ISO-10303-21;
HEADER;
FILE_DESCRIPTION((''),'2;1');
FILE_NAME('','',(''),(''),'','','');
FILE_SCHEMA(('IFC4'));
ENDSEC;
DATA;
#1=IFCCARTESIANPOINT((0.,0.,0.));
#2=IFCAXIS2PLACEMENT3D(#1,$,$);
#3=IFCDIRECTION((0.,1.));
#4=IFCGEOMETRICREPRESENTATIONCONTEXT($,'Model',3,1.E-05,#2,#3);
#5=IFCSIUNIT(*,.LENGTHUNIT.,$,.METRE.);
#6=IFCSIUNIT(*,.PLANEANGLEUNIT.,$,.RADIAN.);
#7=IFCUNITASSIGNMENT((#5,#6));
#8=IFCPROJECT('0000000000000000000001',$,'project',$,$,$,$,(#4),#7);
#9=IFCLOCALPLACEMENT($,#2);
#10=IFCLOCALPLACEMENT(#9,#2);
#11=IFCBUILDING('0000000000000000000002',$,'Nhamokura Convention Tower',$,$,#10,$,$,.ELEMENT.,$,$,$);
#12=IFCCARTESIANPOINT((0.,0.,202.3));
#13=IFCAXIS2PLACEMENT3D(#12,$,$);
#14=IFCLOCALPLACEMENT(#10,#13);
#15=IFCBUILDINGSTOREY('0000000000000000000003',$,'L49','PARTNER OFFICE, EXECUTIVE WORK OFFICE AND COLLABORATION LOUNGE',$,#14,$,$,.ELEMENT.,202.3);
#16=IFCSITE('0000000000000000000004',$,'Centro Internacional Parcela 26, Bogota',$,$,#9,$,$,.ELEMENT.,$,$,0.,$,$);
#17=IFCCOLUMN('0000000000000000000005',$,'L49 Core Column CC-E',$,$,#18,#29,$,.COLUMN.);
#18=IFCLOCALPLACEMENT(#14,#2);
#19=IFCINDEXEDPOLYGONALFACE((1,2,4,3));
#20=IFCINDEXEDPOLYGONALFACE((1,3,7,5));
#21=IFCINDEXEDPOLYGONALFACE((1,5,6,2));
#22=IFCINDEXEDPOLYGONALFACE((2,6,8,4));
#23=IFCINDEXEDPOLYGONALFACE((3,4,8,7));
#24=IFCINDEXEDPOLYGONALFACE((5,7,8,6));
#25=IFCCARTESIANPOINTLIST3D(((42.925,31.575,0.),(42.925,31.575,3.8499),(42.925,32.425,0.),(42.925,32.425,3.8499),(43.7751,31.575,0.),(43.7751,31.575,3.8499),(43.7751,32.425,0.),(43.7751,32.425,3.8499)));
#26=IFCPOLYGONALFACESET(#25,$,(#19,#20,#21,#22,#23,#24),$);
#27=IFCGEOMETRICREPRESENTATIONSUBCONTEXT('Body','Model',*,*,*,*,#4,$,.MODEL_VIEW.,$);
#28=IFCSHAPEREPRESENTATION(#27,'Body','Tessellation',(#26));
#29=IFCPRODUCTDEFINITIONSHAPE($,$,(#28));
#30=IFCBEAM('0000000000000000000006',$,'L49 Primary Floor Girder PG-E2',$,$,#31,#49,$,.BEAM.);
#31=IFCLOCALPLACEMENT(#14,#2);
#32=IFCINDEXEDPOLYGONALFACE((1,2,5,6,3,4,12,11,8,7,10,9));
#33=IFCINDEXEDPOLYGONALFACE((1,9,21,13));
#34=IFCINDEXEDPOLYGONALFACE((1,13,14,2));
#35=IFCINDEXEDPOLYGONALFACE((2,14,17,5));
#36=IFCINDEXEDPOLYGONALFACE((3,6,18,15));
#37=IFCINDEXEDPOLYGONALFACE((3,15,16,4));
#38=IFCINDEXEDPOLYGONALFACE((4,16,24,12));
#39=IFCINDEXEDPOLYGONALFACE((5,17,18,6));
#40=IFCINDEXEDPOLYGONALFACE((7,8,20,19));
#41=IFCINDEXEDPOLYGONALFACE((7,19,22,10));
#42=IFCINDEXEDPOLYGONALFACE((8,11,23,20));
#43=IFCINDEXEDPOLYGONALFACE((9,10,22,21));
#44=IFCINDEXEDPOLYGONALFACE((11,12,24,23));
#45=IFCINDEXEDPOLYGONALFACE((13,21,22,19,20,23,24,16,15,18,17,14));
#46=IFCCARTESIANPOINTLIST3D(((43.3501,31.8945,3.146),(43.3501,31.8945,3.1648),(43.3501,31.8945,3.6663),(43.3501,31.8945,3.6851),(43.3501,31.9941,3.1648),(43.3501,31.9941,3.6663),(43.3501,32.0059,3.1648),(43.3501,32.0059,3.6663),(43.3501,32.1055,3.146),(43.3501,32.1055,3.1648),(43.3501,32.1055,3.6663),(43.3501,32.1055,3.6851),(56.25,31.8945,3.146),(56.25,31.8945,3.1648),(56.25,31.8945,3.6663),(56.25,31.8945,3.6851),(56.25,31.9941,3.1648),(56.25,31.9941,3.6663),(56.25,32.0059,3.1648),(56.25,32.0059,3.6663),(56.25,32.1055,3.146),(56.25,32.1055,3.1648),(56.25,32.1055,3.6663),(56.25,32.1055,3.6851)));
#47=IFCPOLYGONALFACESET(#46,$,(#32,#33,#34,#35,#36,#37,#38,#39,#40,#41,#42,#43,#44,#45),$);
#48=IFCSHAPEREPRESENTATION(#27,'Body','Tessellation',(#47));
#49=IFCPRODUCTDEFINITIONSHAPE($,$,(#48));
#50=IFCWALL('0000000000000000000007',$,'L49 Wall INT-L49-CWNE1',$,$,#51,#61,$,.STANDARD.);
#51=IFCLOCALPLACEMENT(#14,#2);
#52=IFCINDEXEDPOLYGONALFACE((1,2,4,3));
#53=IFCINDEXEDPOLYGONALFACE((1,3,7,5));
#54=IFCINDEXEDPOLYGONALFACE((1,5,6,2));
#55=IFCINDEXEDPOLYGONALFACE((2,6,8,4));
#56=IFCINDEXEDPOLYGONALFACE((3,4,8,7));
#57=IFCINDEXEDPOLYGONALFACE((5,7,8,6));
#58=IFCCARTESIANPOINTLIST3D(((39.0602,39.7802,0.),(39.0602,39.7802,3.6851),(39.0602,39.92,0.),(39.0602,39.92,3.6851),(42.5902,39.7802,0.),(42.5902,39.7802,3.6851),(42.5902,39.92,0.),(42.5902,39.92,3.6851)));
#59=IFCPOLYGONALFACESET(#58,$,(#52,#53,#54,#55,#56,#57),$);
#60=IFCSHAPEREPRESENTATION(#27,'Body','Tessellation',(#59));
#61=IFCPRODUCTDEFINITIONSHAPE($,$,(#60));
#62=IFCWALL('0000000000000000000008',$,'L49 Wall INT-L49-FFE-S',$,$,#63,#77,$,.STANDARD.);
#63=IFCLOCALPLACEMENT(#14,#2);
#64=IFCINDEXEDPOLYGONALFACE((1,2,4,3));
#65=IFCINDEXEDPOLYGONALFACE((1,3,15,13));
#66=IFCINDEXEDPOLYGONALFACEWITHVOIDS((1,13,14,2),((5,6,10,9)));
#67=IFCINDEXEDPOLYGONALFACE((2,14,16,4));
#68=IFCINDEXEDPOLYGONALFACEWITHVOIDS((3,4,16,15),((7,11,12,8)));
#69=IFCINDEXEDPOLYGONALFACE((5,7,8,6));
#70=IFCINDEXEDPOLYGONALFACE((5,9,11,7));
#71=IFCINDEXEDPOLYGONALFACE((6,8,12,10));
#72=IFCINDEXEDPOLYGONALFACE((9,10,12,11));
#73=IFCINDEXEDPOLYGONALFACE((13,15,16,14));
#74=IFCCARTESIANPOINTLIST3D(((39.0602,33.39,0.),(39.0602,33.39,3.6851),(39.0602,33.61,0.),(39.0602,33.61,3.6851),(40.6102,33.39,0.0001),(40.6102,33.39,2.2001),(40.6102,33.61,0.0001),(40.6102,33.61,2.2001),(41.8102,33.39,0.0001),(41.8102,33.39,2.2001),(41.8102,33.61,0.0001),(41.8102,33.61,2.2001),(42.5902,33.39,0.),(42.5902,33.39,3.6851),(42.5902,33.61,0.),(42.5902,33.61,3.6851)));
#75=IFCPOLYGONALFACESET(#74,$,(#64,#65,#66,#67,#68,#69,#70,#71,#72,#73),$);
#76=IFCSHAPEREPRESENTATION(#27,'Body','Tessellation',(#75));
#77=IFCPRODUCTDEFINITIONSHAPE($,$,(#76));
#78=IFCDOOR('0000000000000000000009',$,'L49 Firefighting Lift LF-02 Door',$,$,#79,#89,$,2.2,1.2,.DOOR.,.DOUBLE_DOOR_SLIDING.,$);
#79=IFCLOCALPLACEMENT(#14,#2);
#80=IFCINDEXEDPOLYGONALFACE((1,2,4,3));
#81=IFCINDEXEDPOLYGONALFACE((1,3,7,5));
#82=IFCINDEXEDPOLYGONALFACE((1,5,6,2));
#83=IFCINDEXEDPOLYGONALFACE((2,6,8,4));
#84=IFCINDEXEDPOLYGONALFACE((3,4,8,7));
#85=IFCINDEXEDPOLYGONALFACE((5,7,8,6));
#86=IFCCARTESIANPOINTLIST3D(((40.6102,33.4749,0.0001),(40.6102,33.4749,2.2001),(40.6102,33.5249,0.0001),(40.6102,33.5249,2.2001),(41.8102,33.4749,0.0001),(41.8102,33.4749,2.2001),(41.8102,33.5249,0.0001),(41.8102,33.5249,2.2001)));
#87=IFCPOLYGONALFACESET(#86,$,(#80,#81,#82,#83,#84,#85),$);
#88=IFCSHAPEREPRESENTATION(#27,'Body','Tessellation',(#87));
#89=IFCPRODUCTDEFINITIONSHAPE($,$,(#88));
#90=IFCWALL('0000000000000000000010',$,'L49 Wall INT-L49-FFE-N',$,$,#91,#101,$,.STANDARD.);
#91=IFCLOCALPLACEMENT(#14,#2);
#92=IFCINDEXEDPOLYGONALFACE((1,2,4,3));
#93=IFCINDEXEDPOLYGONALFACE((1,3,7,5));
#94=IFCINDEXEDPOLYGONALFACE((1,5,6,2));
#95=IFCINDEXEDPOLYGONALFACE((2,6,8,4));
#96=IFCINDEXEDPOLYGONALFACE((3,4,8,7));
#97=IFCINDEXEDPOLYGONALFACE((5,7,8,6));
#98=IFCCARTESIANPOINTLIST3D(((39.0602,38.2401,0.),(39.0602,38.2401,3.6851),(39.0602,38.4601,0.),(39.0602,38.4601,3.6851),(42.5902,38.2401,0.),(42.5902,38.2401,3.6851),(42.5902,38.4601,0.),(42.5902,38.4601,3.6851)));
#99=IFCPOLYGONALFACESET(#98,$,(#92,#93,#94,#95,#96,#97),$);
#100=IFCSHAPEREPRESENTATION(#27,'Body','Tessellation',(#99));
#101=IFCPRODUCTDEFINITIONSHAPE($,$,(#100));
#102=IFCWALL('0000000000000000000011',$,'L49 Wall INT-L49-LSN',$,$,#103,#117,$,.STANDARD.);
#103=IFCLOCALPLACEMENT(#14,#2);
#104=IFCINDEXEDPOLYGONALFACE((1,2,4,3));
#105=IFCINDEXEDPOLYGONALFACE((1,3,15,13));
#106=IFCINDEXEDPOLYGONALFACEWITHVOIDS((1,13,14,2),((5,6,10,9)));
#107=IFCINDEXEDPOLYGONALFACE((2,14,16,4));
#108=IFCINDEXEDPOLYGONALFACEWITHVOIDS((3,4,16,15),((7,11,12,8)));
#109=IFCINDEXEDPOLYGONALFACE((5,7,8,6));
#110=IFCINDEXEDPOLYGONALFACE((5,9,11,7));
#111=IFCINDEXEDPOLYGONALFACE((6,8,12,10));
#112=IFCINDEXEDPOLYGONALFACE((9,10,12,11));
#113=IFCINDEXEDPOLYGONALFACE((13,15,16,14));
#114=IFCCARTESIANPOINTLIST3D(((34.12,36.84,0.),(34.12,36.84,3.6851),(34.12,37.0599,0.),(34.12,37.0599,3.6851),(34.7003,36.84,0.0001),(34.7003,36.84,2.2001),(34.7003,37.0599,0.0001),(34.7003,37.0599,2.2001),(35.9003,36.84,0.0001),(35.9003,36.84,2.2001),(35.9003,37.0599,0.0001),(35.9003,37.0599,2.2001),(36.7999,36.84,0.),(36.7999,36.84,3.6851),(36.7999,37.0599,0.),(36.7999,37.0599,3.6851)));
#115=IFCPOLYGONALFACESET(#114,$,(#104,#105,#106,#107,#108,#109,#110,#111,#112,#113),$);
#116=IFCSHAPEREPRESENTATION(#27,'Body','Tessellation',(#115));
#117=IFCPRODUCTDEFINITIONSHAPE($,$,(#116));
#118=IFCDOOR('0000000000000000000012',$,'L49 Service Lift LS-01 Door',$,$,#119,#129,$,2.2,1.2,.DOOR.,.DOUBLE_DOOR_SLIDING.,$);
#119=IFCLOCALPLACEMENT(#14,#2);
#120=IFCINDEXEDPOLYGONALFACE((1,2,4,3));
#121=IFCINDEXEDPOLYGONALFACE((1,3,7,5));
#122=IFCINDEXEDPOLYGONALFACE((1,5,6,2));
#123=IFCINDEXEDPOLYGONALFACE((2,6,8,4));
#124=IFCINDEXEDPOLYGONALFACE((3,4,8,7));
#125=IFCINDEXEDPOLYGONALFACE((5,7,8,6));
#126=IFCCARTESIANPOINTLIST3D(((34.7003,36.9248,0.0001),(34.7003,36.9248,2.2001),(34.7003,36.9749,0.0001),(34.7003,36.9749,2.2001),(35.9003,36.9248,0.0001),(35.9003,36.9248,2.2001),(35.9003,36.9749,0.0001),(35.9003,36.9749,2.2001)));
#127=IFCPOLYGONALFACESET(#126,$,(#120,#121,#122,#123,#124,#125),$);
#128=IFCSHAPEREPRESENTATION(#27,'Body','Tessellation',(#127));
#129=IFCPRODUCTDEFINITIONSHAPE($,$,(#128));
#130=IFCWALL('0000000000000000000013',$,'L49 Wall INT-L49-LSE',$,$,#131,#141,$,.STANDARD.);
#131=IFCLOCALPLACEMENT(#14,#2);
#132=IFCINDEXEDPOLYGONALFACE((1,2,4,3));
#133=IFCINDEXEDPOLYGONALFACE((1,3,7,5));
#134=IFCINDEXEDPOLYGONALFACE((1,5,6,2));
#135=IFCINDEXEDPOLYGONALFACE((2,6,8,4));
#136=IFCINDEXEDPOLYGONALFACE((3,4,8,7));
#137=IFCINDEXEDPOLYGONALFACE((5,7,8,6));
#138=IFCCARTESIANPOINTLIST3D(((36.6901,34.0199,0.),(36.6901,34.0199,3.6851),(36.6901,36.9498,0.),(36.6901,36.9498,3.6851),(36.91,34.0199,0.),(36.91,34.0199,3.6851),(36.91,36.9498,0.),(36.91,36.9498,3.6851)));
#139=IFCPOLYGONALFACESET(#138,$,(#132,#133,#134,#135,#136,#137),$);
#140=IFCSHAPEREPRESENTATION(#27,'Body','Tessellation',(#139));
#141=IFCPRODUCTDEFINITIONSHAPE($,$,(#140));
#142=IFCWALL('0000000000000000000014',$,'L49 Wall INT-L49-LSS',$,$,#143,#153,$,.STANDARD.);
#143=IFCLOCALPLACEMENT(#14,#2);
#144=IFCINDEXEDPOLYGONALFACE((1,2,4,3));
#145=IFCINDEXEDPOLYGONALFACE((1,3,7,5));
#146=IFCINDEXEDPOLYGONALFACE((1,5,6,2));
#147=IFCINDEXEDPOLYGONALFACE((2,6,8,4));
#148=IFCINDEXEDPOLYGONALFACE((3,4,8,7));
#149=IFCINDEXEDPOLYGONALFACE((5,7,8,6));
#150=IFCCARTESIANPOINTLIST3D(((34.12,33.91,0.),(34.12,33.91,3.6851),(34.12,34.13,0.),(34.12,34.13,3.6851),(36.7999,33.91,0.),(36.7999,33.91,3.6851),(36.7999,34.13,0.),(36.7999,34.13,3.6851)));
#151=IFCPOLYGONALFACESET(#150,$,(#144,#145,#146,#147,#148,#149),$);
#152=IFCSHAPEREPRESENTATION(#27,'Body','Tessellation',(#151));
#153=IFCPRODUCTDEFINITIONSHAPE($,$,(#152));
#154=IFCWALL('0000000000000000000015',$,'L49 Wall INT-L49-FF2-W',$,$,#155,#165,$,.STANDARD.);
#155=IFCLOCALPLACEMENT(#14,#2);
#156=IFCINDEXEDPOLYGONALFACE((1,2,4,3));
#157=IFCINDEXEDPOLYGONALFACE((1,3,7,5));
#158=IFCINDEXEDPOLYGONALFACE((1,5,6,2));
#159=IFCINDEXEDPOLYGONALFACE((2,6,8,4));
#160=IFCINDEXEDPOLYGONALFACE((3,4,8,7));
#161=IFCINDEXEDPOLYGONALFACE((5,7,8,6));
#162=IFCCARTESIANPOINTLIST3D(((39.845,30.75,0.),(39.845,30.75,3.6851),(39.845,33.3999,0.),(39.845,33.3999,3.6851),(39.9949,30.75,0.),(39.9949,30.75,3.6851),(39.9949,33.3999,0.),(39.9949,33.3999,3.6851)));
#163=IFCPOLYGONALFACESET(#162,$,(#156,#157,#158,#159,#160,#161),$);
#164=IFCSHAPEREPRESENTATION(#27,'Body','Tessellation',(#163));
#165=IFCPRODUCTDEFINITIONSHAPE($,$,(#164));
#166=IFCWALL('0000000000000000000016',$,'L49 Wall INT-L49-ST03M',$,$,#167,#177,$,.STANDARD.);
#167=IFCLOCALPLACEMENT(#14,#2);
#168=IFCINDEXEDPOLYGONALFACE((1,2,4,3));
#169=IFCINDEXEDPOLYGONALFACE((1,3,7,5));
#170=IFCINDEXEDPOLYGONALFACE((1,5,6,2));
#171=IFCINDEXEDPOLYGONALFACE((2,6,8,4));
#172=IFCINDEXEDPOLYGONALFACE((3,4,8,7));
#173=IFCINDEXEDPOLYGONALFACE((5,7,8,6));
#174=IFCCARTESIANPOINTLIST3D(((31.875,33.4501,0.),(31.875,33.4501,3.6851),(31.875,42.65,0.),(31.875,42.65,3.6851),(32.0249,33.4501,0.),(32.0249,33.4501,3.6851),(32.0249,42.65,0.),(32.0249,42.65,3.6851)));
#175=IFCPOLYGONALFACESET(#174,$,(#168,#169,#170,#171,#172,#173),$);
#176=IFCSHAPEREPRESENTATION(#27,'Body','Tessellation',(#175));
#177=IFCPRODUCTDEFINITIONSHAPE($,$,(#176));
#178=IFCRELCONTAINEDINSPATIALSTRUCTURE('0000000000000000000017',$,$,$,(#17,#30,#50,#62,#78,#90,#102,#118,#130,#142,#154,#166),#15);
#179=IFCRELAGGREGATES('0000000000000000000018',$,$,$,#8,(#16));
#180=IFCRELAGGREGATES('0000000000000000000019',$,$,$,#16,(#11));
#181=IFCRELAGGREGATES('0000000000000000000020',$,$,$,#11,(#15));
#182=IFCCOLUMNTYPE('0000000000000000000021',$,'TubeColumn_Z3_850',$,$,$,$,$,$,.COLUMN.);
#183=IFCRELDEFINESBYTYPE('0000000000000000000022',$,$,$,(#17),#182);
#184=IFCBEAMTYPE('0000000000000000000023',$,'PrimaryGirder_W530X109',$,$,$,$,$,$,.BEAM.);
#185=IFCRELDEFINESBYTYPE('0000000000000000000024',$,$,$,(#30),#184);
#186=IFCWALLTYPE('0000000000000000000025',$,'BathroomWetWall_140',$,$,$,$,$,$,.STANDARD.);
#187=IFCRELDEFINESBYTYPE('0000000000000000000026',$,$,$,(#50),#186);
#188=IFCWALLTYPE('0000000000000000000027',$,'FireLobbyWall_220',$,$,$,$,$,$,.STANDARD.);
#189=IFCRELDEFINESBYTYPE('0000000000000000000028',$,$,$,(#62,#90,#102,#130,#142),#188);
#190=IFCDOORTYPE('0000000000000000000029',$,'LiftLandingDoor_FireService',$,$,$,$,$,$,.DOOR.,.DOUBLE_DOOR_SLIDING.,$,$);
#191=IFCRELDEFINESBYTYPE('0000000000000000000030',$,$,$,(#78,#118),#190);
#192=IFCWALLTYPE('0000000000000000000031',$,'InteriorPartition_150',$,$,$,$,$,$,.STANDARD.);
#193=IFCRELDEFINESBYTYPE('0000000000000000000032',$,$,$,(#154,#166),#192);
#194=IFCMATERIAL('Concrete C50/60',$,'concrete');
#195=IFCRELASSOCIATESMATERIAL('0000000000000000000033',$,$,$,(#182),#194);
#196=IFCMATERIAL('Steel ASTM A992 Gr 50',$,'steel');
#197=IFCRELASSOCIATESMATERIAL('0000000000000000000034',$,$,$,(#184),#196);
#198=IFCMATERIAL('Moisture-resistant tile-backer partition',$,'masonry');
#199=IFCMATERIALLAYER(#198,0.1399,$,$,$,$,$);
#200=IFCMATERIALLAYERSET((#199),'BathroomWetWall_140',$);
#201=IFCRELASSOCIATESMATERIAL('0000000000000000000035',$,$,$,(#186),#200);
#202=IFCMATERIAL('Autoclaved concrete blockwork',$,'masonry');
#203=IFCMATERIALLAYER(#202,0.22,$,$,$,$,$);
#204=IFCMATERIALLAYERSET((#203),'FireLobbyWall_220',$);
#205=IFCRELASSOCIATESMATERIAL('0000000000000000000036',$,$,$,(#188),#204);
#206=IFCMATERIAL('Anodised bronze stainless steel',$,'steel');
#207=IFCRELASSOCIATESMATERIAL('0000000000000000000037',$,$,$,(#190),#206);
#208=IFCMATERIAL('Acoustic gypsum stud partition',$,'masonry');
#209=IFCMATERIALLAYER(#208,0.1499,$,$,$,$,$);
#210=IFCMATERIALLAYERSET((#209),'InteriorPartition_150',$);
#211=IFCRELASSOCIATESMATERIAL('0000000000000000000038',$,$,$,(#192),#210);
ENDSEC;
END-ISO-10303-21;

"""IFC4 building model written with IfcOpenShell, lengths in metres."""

from ifc_helpers import new_model, si_unit, direction, frame, frame_2d, origin, origin_2d, place, context, subcontext, project, spatial, rectangle, i_section, extrude, material, layer, layer_set, material_profile, profile_set, type_object, element, fill, save


model = new_model("IFC4")

# Units and contexts
model_context = context("Model", 3, precision=1e-05, world=origin(), true_north=direction((0.0, 1.0)))
body_context = subcontext(model_context, "Body", "Model", "MODEL_VIEW")
ifc_project = project(units=[si_unit("LENGTHUNIT", "METRE"), si_unit("PLANEANGLEUNIT", "RADIAN")], contexts=[model_context])

# Site, building, storey
site_placement = place(None, origin())
site = spatial("IfcSite", under=ifc_project, at=site_placement, Name="Centro Internacional Parcela 26, Bogota", CompositionType="ELEMENT", RefElevation=0.0)
building_placement = place(site_placement, origin())
building = spatial("IfcBuilding", under=site, at=building_placement, Name="Nhamokura Convention Tower", CompositionType="ELEMENT")
storey_placement = place(building_placement, frame((0.0, 0.0, 202.3)))
storey = spatial("IfcBuildingStorey", under=building, at=storey_placement, Name="L49", Description="PARTNER OFFICE, EXECUTIVE WORK OFFICE AND COLLABORATION LOUNGE", CompositionType="ELEMENT", Elevation=202.3)

# Column
ifc_material_1 = material(Name="Concrete C50/60", Category="concrete")
ifc_material_profile_1 = material_profile(ifc_material_1, rectangle(XDim=0.8501, YDim=0.8501, at=origin_2d()))
ifc_profile_set_1 = profile_set([ifc_material_profile_1], Name="Concrete C50/60")
column_type = type_object("IfcColumnType", Name="TubeColumn_Z3_850", PredefinedType="COLUMN", material=ifc_profile_set_1)
column_placement = place(storey_placement, frame((43.3501, 32.0, 0.0), z_axis=(0.0, 0.0, 1.0), x_axis=(1.0, 0.0, 0.0)))
element("IfcColumn", 1, at=column_placement, inside=storey, type_object=column_type, Name="L49 Core Column CC-E", PredefinedType="COLUMN", context=body_context, shape_type="SweptSolid", body=[
    extrude(rectangle(XDim=0.8501, YDim=0.8501, at=origin_2d()), origin(), (0.0, 0.0, 1.0), 3.8499),
])

# Beam
ifc_material_2 = material(Name="Steel ASTM A992 Gr 50", Category="steel")
ifc_material_profile_2 = material_profile(ifc_material_2, i_section(OverallWidth=0.2109, OverallDepth=0.5391, WebThickness=0.0117, FlangeThickness=0.0188, at=origin_2d()))
ifc_profile_set_2 = profile_set([ifc_material_profile_2], Name="Steel ASTM A992 Gr 50")
beam_type = type_object("IfcBeamType", Name="PrimaryGirder_W530X109", PredefinedType="BEAM", material=ifc_profile_set_2)
beam_placement = place(storey_placement, frame((43.3501, 32.0, 3.4155), z_axis=(1.0, 0.0, 0.0), x_axis=(0.0, 1.0, 0.0)))
element("IfcBeam", 2, at=beam_placement, inside=storey, type_object=beam_type, Name="L49 Primary Floor Girder PG-E2", PredefinedType="BEAM", context=body_context, shape_type="SweptSolid", body=[
    extrude(i_section(OverallWidth=0.2109, OverallDepth=0.5391, WebThickness=0.0117, FlangeThickness=0.0188, at=origin_2d()), origin(), (0.0, 0.0, 1.0), 12.8999),
])

# Wall
ifc_material_3 = material(Name="Moisture-resistant tile-backer partition", Category="masonry")
ifc_layer_1 = layer(ifc_material_3, 0.1399)
ifc_layer_set_1 = layer_set([ifc_layer_1], Name="BathroomWetWall_140")
wall_type_1 = type_object("IfcWallType", Name="BathroomWetWall_140", PredefinedType="STANDARD", material=ifc_layer_set_1)
wall_1_placement = place(storey_placement, frame((39.0601, 39.8501, 0.0), z_axis=(0.0, 0.0, 1.0), x_axis=(1.0, 0.0, 0.0)))
element("IfcWall", 3, at=wall_1_placement, inside=storey, type_object=wall_type_1, Name="L49 Wall INT-L49-CWNE1", PredefinedType="STANDARD", context=body_context, shape_type="SweptSolid", body=[
    extrude(rectangle(XDim=3.53, YDim=0.1399, at=frame_2d((1.7651, 0.0))), origin(), (0.0, 0.0, 1.0), 3.6851),
])

# Wall, opening, door
ifc_material_4 = material(Name="Autoclaved concrete blockwork", Category="masonry")
ifc_layer_2 = layer(ifc_material_4, 0.22)
ifc_layer_set_2 = layer_set([ifc_layer_2], Name="FireLobbyWall_220")
wall_type_2 = type_object("IfcWallType", Name="FireLobbyWall_220", PredefinedType="STANDARD", material=ifc_layer_set_2)
wall_2_placement = place(storey_placement, frame((39.0601, 33.5, 0.0), z_axis=(0.0, 0.0, 1.0), x_axis=(1.0, 0.0, 0.0)))
wall_2 = element("IfcWall", 4, at=wall_2_placement, inside=storey, type_object=wall_type_2, Name="L49 Wall INT-L49-FFE-S", PredefinedType="STANDARD", context=body_context, shape_type="SweptSolid", body=[
    extrude(rectangle(XDim=3.53, YDim=0.22, at=frame_2d((1.7651, 0.0))), origin(), (0.0, 0.0, 1.0), 3.6851),
])
opening_1_placement = place(wall_2_placement, frame((1.55, 0.0, 0.0)))
opening_1 = element("IfcOpeningElement", 5, at=opening_1_placement, cuts=wall_2, PredefinedType="OPENING", context=body_context, shape_type="SweptSolid", body=[
    extrude(rectangle(XDim=1.2, YDim=2.2, at=frame_2d((0.6001, 1.1001))), frame((0.0, 0.1199, 0.0), z_axis=(0.0, -1.0, 0.0), x_axis=(1.0, 0.0, 0.0)), (0.0, 0.0, 1.0), 0.24),
])
ifc_material_5 = material(Name="Anodised bronze stainless steel", Category="steel")
door_type_1 = type_object("IfcDoorType", Name="LiftLandingDoor_FireService", OperationType="DOUBLE_DOOR_SLIDING", PredefinedType="DOOR", material=ifc_material_5)
door_1_placement = place(opening_1_placement, origin())
door_1 = element("IfcDoor", 6, at=door_1_placement, inside=storey, type_object=door_type_1, Name="L49 Firefighting Lift LF-02 Door", OperationType="DOUBLE_DOOR_SLIDING", OverallHeight=2.2, OverallWidth=1.2, PredefinedType="DOOR", context=body_context, shape_type="SweptSolid", body=[
    extrude(rectangle(XDim=1.2, YDim=2.2, at=frame_2d((0.6001, 1.1001))), frame((0.0, 0.0249, 0.0), z_axis=(0.0, -1.0, 0.0), x_axis=(1.0, 0.0, 0.0)), (0.0, 0.0, 1.0), 0.05),
])
fill(opening_1, door_1)

# Wall
wall_3_placement = place(storey_placement, frame((39.0601, 38.3501, 0.0), z_axis=(0.0, 0.0, 1.0), x_axis=(1.0, 0.0, 0.0)))
element("IfcWall", 7, at=wall_3_placement, inside=storey, type_object=wall_type_2, Name="L49 Wall INT-L49-FFE-N", PredefinedType="STANDARD", context=body_context, shape_type="SweptSolid", body=[
    extrude(rectangle(XDim=3.53, YDim=0.22, at=frame_2d((1.7651, 0.0))), origin(), (0.0, 0.0, 1.0), 3.6851),
])

# Wall, opening, door
wall_4_placement = place(storey_placement, frame((34.1201, 36.95, 0.0), z_axis=(0.0, 0.0, 1.0), x_axis=(1.0, 0.0, 0.0)))
wall_4 = element("IfcWall", 8, at=wall_4_placement, inside=storey, type_object=wall_type_2, Name="L49 Wall INT-L49-LSN", PredefinedType="STANDARD", context=body_context, shape_type="SweptSolid", body=[
    extrude(rectangle(XDim=2.6799, YDim=0.22, at=frame_2d((1.3398, 0.0))), origin(), (0.0, 0.0, 1.0), 3.6851),
])
opening_2_placement = place(wall_4_placement, frame((0.5801, 0.0, 0.0)))
opening_2 = element("IfcOpeningElement", 9, at=opening_2_placement, cuts=wall_4, PredefinedType="OPENING", context=body_context, shape_type="SweptSolid", body=[
    extrude(rectangle(XDim=1.2, YDim=2.2, at=frame_2d((0.6001, 1.1001))), frame((0.0, 0.1199, 0.0), z_axis=(0.0, -1.0, 0.0), x_axis=(1.0, 0.0, 0.0)), (0.0, 0.0, 1.0), 0.24),
])
door_2_placement = place(opening_2_placement, origin())
door_2 = element("IfcDoor", 10, at=door_2_placement, inside=storey, type_object=door_type_1, Name="L49 Service Lift LS-01 Door", OperationType="DOUBLE_DOOR_SLIDING", OverallHeight=2.2, OverallWidth=1.2, PredefinedType="DOOR", context=body_context, shape_type="SweptSolid", body=[
    extrude(rectangle(XDim=1.2, YDim=2.2, at=frame_2d((0.6001, 1.1001))), frame((0.0, 0.0249, 0.0), z_axis=(0.0, -1.0, 0.0), x_axis=(1.0, 0.0, 0.0)), (0.0, 0.0, 1.0), 0.05),
])
fill(opening_2, door_2)

# Walls
wall_5_placement = place(storey_placement, frame((36.8, 34.02, 0.0), z_axis=(0.0, 0.0, 1.0), x_axis=(0.0, 1.0, 0.0)))
element("IfcWall", 11, at=wall_5_placement, inside=storey, type_object=wall_type_2, Name="L49 Wall INT-L49-LSE", PredefinedType="STANDARD", context=body_context, shape_type="SweptSolid", body=[
    extrude(rectangle(XDim=2.9299, YDim=0.22, at=frame_2d((1.4648, 0.0))), origin(), (0.0, 0.0, 1.0), 3.6851),
])
wall_6_placement = place(storey_placement, frame((34.1201, 34.02, 0.0), z_axis=(0.0, 0.0, 1.0), x_axis=(1.0, 0.0, 0.0)))
element("IfcWall", 12, at=wall_6_placement, inside=storey, type_object=wall_type_2, Name="L49 Wall INT-L49-LSS", PredefinedType="STANDARD", context=body_context, shape_type="SweptSolid", body=[
    extrude(rectangle(XDim=2.6799, YDim=0.22, at=frame_2d((1.3398, 0.0))), origin(), (0.0, 0.0, 1.0), 3.6851),
])
ifc_material_6 = material(Name="Acoustic gypsum stud partition", Category="masonry")
ifc_layer_3 = layer(ifc_material_6, 0.1499)
ifc_layer_set_3 = layer_set([ifc_layer_3], Name="InteriorPartition_150")
wall_type_3 = type_object("IfcWallType", Name="InteriorPartition_150", PredefinedType="STANDARD", material=ifc_layer_set_3)
wall_7_placement = place(storey_placement, frame((39.9199, 30.75, 0.0), z_axis=(0.0, 0.0, 1.0), x_axis=(0.0, 1.0, 0.0)))
element("IfcWall", 13, at=wall_7_placement, inside=storey, type_object=wall_type_3, Name="L49 Wall INT-L49-FF2-W", PredefinedType="STANDARD", context=body_context, shape_type="SweptSolid", body=[
    extrude(rectangle(XDim=2.6499, YDim=0.1499, at=frame_2d((1.325, 0.0))), origin(), (0.0, 0.0, 1.0), 3.6851),
])
for number, where, z_axis, x_axis, name in (
    (14, (31.95, 33.45, 0.0), (0.0, 0.0, 1.0), (0.0, 1.0, 0.0), "L49 Wall INT-L49-ST03M"),
):
    element("IfcWall", number, at=place(storey_placement, frame(where, z_axis=z_axis, x_axis=x_axis)), inside=storey, type_object=wall_type_3, Name=name, PredefinedType="STANDARD", context=body_context, shape_type="SweptSolid", body=[
        extrude(rectangle(XDim=9.2, YDim=0.1499, at=frame_2d((4.6001, 0.0))), origin(), (0.0, 0.0, 1.0), 3.6851),
    ])

save(model, "model.ifc")
